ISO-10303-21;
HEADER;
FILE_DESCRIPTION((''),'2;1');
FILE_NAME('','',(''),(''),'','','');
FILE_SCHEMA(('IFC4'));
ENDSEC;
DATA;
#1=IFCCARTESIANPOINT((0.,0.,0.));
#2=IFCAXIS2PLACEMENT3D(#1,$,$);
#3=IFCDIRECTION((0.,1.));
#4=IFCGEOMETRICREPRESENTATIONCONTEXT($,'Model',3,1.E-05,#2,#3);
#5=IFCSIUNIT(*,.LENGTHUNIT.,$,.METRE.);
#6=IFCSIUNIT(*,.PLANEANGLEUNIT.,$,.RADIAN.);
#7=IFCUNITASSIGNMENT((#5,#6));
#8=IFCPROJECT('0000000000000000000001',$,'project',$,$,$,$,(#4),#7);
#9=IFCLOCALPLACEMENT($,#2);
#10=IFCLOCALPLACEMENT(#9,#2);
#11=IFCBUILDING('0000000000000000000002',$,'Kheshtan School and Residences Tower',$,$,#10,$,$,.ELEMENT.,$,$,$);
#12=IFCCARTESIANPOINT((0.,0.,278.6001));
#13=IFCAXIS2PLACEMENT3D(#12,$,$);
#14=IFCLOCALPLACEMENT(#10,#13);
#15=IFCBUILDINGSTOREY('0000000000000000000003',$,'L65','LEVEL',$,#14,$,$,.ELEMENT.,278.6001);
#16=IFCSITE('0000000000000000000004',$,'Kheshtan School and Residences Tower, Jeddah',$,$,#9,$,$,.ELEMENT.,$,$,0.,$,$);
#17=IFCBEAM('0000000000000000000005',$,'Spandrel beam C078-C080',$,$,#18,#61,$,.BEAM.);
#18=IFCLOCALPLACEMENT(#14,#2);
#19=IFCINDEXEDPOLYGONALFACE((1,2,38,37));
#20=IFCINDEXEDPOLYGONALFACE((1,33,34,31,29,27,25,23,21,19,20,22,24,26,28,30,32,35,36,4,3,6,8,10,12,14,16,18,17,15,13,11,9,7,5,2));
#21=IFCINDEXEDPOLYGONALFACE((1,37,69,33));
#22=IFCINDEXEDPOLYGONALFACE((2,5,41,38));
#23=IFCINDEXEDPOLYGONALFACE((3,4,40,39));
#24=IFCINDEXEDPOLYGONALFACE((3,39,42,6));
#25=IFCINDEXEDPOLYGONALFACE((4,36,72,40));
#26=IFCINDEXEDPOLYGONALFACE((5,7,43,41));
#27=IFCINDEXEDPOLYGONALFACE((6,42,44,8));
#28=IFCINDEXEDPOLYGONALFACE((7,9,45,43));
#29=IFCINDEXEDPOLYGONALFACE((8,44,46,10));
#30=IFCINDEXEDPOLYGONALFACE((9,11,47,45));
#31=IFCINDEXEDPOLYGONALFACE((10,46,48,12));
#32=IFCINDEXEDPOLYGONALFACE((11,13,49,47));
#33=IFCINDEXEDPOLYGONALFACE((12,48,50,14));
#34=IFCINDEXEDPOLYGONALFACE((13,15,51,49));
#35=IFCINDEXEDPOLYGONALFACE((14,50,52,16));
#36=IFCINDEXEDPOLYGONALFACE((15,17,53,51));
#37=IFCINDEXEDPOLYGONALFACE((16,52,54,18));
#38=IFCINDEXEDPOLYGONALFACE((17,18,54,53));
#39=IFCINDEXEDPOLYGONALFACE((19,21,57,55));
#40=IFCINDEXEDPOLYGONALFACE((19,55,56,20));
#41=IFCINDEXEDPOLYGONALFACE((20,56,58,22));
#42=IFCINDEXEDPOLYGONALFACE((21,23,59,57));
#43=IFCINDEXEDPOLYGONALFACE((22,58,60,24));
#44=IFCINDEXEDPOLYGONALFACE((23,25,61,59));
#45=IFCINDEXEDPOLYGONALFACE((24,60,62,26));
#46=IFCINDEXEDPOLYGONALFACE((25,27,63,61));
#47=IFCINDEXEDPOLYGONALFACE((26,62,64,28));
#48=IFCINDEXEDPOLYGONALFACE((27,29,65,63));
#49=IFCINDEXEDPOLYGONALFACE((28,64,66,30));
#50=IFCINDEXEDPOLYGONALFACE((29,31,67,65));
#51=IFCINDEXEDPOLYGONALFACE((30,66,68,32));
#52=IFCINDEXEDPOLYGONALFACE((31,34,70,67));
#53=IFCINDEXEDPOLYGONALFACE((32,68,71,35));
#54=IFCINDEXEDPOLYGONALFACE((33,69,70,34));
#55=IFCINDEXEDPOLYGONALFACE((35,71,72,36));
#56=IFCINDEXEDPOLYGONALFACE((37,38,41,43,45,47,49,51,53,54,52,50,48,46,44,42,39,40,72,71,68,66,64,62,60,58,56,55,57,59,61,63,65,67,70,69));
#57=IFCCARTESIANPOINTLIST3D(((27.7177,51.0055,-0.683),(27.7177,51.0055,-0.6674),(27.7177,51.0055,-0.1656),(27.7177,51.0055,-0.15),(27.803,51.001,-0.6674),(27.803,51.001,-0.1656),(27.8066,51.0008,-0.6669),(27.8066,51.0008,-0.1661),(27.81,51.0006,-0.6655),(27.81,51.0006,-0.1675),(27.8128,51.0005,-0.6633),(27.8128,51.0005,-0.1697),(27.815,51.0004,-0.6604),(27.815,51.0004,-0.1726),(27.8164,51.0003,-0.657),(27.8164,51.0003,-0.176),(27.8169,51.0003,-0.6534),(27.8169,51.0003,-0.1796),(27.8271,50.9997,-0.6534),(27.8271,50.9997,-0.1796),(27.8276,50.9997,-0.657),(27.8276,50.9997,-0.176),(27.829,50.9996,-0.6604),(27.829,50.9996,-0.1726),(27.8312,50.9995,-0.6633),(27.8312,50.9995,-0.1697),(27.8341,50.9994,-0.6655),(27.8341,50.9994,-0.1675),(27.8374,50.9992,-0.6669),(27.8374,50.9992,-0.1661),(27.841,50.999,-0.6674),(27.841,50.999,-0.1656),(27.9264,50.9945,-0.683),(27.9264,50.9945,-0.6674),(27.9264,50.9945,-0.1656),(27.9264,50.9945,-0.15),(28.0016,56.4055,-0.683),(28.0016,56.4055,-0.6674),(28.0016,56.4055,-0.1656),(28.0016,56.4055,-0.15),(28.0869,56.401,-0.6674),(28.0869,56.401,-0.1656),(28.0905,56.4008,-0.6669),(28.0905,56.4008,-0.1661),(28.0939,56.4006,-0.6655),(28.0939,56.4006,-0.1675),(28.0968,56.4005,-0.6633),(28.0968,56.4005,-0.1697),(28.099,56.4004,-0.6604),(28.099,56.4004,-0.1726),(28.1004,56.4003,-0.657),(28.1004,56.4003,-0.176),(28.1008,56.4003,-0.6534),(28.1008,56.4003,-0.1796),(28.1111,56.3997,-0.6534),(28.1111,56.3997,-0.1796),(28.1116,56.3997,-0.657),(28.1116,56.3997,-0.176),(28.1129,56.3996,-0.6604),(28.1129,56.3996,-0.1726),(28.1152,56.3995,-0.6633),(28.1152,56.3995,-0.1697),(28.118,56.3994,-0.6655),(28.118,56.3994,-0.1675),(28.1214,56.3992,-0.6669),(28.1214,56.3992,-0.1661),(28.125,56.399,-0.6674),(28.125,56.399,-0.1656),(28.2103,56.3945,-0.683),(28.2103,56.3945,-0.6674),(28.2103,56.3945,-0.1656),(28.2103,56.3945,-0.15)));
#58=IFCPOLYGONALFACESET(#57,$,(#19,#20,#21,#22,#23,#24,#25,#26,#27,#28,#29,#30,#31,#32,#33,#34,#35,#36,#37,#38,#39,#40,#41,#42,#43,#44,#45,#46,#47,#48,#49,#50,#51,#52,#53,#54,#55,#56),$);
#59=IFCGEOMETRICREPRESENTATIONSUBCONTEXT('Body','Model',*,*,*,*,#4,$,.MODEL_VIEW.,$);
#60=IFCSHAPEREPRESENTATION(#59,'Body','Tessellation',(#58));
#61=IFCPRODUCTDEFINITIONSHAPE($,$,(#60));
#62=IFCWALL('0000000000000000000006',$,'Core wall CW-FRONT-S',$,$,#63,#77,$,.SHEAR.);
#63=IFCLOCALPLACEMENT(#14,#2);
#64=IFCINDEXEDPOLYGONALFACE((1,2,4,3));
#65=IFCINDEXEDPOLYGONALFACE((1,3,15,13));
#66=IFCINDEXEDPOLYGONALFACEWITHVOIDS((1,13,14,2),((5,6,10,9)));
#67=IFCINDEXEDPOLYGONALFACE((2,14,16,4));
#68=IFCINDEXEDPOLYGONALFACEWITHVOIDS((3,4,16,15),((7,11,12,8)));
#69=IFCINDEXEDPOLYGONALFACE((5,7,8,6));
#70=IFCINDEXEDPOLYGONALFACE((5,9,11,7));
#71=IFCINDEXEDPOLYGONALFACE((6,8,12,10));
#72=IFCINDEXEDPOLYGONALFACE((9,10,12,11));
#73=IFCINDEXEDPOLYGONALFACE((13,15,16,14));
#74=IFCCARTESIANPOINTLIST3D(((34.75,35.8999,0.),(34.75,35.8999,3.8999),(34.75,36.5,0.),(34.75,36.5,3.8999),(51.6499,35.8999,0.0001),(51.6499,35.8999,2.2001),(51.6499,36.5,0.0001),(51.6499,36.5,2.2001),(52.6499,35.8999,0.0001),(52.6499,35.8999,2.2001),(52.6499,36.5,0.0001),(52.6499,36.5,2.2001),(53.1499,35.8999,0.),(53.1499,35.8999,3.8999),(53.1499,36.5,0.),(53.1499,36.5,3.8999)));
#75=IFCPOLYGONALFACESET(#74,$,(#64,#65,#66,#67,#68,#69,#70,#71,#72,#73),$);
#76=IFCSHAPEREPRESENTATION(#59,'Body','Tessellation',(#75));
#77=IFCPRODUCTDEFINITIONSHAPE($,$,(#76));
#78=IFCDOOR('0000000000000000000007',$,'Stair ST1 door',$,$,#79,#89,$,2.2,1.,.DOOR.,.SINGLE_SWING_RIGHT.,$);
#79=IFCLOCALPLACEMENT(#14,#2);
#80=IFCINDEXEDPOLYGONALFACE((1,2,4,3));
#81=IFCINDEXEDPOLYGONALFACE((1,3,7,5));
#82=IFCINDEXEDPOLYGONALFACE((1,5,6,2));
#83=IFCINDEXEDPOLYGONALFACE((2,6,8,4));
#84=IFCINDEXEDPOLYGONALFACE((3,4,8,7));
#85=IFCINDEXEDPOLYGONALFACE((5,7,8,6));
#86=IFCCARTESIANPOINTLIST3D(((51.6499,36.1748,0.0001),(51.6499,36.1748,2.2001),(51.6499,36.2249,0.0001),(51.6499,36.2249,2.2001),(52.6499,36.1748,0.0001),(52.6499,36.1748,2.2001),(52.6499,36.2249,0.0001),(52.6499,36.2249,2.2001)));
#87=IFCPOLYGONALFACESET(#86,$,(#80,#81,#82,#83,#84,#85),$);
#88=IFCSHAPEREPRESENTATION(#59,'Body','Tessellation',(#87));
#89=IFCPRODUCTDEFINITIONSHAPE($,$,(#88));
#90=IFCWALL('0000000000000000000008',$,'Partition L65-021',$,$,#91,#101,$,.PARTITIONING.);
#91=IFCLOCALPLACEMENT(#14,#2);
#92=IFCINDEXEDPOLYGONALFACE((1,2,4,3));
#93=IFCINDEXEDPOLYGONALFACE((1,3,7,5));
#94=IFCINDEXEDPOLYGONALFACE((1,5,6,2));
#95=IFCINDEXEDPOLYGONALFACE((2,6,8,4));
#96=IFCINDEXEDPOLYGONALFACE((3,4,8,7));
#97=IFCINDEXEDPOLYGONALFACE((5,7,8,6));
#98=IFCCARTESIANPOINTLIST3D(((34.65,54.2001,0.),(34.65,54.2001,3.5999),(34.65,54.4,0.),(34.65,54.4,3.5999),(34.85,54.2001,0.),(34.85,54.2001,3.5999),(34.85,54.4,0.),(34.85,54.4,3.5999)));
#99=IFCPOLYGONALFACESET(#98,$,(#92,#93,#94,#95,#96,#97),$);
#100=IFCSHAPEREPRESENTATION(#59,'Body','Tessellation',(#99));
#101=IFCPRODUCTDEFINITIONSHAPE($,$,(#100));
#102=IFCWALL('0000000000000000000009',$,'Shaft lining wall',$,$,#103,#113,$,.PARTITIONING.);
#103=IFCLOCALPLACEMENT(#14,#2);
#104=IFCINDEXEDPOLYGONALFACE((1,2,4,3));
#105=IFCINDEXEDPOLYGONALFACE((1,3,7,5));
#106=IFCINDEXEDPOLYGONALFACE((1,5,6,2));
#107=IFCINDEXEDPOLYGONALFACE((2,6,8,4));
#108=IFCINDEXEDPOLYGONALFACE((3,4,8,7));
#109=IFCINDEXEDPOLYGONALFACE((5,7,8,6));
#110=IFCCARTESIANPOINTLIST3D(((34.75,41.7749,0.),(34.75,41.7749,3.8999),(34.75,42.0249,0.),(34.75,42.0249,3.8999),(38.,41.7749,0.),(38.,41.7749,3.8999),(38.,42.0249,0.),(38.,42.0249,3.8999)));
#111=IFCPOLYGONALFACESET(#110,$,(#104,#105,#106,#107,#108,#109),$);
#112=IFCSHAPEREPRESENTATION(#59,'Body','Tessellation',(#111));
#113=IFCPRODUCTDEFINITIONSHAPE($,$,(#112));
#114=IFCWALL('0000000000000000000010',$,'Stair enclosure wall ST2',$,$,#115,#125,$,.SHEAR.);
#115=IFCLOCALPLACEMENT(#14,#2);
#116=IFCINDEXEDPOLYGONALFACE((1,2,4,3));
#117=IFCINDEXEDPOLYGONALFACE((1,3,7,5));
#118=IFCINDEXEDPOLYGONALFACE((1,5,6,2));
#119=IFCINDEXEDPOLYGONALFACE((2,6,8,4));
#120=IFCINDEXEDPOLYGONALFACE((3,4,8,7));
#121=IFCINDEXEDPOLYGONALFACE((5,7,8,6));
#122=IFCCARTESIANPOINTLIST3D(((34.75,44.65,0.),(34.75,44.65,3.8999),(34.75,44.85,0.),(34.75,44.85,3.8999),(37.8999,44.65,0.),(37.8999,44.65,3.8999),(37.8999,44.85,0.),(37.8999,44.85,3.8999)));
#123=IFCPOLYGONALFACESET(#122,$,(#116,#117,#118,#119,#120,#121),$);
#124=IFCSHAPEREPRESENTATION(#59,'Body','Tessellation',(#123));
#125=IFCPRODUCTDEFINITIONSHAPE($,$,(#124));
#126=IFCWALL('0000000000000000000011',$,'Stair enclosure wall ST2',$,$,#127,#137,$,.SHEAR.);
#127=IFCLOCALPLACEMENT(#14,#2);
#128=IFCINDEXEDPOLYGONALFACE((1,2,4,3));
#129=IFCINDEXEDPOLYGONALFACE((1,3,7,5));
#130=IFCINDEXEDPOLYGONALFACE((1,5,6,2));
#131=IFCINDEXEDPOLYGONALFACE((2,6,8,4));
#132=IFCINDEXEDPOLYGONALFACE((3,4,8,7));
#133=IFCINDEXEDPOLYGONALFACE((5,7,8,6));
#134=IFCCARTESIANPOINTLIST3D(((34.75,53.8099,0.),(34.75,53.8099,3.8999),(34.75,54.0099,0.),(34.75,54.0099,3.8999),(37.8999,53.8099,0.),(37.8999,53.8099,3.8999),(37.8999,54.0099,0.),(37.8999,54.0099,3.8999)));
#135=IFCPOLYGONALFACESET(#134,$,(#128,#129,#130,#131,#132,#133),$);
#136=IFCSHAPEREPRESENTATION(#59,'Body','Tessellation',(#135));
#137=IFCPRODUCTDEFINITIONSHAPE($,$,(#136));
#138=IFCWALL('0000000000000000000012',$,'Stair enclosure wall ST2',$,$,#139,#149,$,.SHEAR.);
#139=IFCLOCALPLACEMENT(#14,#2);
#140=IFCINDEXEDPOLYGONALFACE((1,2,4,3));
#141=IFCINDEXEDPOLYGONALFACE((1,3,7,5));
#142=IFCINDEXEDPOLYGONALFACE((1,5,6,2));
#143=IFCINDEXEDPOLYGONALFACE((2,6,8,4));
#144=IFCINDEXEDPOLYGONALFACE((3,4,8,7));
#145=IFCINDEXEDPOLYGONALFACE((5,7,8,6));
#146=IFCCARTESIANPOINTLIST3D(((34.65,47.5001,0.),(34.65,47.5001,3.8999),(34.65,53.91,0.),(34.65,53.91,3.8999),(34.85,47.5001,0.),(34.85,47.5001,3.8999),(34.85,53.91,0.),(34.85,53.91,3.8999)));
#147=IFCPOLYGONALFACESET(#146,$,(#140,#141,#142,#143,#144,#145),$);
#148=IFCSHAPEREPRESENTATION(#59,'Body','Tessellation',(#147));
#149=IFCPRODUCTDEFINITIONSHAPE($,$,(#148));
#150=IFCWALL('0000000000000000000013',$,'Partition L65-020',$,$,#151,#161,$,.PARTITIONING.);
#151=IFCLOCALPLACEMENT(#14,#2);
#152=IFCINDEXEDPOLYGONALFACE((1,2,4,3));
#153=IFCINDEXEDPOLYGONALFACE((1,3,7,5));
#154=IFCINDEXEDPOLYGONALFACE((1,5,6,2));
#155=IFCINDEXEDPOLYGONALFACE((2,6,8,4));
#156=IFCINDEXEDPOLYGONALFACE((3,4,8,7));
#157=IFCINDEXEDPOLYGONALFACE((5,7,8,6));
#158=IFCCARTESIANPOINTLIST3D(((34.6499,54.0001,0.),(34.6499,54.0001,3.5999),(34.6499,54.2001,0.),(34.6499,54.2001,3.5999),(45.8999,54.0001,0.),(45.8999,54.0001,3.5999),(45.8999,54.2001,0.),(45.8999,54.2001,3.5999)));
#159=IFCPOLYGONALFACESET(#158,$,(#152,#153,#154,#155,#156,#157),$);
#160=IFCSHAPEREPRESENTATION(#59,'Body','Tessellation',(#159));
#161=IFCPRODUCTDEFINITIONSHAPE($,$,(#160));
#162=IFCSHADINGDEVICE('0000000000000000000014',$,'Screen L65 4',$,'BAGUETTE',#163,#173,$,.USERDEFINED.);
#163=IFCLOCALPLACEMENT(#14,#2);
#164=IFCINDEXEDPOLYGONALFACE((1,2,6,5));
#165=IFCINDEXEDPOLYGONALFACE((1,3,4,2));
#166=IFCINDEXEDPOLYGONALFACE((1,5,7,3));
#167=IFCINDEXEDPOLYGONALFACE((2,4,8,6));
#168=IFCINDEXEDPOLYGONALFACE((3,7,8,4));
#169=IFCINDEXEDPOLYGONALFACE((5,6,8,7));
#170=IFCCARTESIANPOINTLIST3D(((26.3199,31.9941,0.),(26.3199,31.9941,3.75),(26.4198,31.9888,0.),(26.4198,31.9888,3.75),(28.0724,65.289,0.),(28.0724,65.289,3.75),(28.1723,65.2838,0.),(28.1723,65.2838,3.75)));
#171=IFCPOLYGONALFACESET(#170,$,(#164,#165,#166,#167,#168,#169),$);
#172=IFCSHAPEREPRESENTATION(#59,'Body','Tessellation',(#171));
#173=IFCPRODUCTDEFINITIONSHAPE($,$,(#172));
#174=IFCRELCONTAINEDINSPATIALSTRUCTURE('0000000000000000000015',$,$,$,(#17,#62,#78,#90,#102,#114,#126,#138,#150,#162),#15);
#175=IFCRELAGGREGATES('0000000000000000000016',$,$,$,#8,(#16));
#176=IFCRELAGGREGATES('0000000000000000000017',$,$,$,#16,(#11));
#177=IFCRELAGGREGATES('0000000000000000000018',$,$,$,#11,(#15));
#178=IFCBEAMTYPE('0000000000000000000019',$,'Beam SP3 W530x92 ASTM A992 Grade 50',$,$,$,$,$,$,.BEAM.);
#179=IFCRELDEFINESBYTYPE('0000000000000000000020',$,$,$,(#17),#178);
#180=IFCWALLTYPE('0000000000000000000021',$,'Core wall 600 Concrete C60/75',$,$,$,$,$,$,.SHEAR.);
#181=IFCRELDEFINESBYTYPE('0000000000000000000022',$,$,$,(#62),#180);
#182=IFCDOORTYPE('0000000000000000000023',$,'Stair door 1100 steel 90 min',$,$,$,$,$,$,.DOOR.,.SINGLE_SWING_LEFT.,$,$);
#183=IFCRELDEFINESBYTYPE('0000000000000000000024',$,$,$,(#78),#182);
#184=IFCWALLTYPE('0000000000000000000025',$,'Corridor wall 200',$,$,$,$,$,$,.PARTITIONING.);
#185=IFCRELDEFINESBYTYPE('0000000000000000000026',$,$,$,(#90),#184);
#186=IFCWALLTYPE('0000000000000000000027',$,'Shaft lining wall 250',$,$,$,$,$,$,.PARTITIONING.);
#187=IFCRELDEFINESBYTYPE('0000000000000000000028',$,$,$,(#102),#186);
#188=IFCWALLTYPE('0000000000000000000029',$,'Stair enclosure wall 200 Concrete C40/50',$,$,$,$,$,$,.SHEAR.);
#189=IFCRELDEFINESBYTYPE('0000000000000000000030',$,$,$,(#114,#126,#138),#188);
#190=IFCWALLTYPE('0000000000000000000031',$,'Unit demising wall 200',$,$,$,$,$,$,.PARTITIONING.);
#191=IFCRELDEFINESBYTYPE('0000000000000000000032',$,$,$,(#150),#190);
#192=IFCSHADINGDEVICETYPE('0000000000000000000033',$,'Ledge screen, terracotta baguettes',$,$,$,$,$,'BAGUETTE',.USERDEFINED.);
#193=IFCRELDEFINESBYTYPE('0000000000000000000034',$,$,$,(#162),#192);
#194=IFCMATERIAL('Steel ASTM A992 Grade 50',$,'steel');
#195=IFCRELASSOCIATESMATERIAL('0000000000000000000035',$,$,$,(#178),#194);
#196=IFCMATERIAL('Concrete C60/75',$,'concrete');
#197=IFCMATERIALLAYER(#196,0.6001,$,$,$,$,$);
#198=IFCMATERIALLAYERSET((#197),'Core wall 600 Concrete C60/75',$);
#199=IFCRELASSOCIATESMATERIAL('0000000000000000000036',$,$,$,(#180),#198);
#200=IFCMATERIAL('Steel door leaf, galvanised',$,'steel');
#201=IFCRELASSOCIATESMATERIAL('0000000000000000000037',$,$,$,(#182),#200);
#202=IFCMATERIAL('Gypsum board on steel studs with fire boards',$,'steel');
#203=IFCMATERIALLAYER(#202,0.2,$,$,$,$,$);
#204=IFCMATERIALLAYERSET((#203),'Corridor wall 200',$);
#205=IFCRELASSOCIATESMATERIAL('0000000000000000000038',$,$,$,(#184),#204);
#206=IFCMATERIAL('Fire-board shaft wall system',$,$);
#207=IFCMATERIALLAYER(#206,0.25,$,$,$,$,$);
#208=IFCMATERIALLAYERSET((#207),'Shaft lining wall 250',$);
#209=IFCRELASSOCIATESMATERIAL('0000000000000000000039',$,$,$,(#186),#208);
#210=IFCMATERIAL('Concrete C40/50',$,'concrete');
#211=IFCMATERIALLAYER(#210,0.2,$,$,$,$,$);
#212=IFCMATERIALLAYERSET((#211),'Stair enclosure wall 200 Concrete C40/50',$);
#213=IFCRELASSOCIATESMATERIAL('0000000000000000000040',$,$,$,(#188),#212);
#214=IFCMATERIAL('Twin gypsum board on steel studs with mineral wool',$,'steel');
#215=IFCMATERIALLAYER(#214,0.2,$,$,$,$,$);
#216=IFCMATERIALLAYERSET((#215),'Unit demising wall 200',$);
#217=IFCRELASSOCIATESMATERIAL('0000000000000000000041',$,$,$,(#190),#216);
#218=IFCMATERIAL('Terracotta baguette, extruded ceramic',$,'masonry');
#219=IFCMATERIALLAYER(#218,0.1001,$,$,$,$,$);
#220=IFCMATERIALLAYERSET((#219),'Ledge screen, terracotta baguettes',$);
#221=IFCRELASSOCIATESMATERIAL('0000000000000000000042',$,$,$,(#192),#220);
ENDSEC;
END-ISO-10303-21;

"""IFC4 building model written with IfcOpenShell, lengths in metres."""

from ifc_helpers import new_model, si_unit, direction, frame, frame_2d, origin, origin_2d, place, context, subcontext, project, spatial, rectangle, i_section, extrude, source, transform, mapped, material, layer, layer_set, material_profile, profile_set, type_object, element, fill, save


model = new_model("IFC4")

# Units and contexts
model_context = context("Model", 3, precision=1e-05, world=origin(), true_north=direction((0.0, 1.0)))
body_context = subcontext(model_context, "Body", "Model", "MODEL_VIEW")
ifc_project = project(units=[si_unit("LENGTHUNIT", "METRE"), si_unit("PLANEANGLEUNIT", "RADIAN")], contexts=[model_context])

# Site, building, storey
site_placement = place(None, origin())
site = spatial("IfcSite", under=ifc_project, at=site_placement, Name="Kheshtan School and Residences Tower, Jeddah", CompositionType="ELEMENT", RefElevation=0.0)
building_placement = place(site_placement, origin())
building = spatial("IfcBuilding", under=site, at=building_placement, Name="Kheshtan School and Residences Tower", CompositionType="ELEMENT")
storey_placement = place(building_placement, frame((0.0, 0.0, 278.6001)))
storey = spatial("IfcBuildingStorey", under=building, at=storey_placement, Name="L65", Description="LEVEL", CompositionType="ELEMENT", Elevation=278.6001)

# Shared definitions
ifc_material_1 = material(Name="Steel ASTM A992 Grade 50", Category="steel")

# Beam
ifc_material_profile_1 = material_profile(ifc_material_1, i_section(OverallWidth=0.209, OverallDepth=0.533, WebThickness=0.0103, FlangeThickness=0.0156, FilletRadius=0.0139, at=origin_2d()), Name="W530x92")
ifc_profile_set_1 = profile_set([ifc_material_profile_1], Name="Steel ASTM A992 Grade 50")
beam_type_1 = type_object("IfcBeamType", Name="Beam SP3 W530x92 ASTM A992 Grade 50", PredefinedType="BEAM", material=ifc_profile_set_1)
for number, where, z_axis, x_axis, name in (
    (1, (27.822, 51.0, -0.4165), (0.052509, 0.99862, 0.0), (-0.99862, 0.052509, 0.0), "Spandrel beam C078-C080"),
):
    element("IfcBeam", number, at=place(storey_placement, frame(where, z_axis=z_axis, x_axis=x_axis)), inside=storey, type_object=beam_type_1, Name=name, PredefinedType="BEAM", context=body_context, shape_type="SweptSolid", body=[
        extrude(i_section(OverallWidth=0.209, OverallDepth=0.533, WebThickness=0.0103, FlangeThickness=0.0156, FilletRadius=0.0139, at=origin_2d()), origin(), (0.0, 0.0, 1.0), 5.4075),
    ])

# Wall, opening, door
ifc_material_2 = material(Name="Concrete C60/75", Category="concrete")
ifc_layer_1 = layer(ifc_material_2, 0.6001)
ifc_layer_set_1 = layer_set([ifc_layer_1], Name="Core wall 600 Concrete C60/75")
wall_type_1 = type_object("IfcWallType", Name="Core wall 600 Concrete C60/75", PredefinedType="SHEAR", material=ifc_layer_set_1)
wall_1_placement = place(storey_placement, frame((34.75, 36.2, 0.0), z_axis=(0.0, 0.0, 1.0), x_axis=(1.0, 0.0, 0.0)))
wall_1 = element("IfcWall", 2, at=wall_1_placement, inside=storey, type_object=wall_type_1, Name="Core wall CW-FRONT-S", PredefinedType="SHEAR", context=body_context, shape_type="SweptSolid", body=[
    extrude(rectangle(XDim=18.3999, YDim=0.6001, at=frame_2d((9.2, 0.0))), origin(), (0.0, 0.0, 1.0), 3.8999),
])
opening_placement = place(wall_1_placement, frame((16.8999, 0.0, 0.0)))
opening = element("IfcOpeningElement", 3, at=opening_placement, cuts=wall_1, PredefinedType="OPENING", context=body_context, shape_type="SweptSolid", body=[
    extrude(rectangle(XDim=1.0, YDim=2.2, at=frame_2d((0.5, 1.1001))), frame((0.0, 0.3101, 0.0), z_axis=(0.0, -1.0, 0.0), x_axis=(1.0, 0.0, 0.0)), (0.0, 0.0, 1.0), 0.6201),
])
ifc_material_3 = material(Name="Steel door leaf, galvanised", Category="steel")
door_type = type_object("IfcDoorType", Name="Stair door 1100 steel 90 min", OperationType="SINGLE_SWING_LEFT", PredefinedType="DOOR", material=ifc_material_3)
shared_shape = source(origin(), body_context, "Body", "SweptSolid", [
    extrude(rectangle(XDim=1.0, YDim=2.2, at=frame_2d((0.5, 1.1001))), frame((0.0, 0.0249, 0.0), z_axis=(0.0, -1.0, 0.0), x_axis=(1.0, 0.0, 0.0)), (0.0, 0.0, 1.0), 0.05),
])
door_placement = place(opening_placement, origin())
door = element("IfcDoor", 4, at=door_placement, inside=storey, type_object=door_type, Name="Stair ST1 door", OperationType="SINGLE_SWING_RIGHT", OverallHeight=2.2, OverallWidth=1.0, PredefinedType="DOOR", context=body_context, shape_type="MappedRepresentation", body=[
    mapped(shared_shape, transform((0.0, 0.0, 0.0), x_axis=(1.0, 0.0, 0.0), y_axis=(0.0, 1.0, 0.0), z_axis=(0.0, 0.0, 1.0), scale=1.0)),
])
fill(opening, door)

# Walls
ifc_material_4 = material(Name="Gypsum board on steel studs with fire boards", Category="steel")
ifc_layer_2 = layer(ifc_material_4, 0.2)
ifc_layer_set_2 = layer_set([ifc_layer_2], Name="Corridor wall 200")
wall_type_2 = type_object("IfcWallType", Name="Corridor wall 200", PredefinedType="PARTITIONING", material=ifc_layer_set_2)
wall_2_placement = place(storey_placement, frame((34.75, 54.2, 0.0), z_axis=(0.0, 0.0, 1.0), x_axis=(0.0, 1.0, 0.0)))
element("IfcWall", 5, at=wall_2_placement, inside=storey, type_object=wall_type_2, Name="Partition L65-021", PredefinedType="PARTITIONING", context=body_context, shape_type="SweptSolid", body=[
    extrude(rectangle(XDim=0.2, YDim=0.2, at=frame_2d((0.1001, 0.0))), origin(), (0.0, 0.0, 1.0), 3.5999),
])
ifc_material_5 = material(Name="Fire-board shaft wall system")
ifc_layer_3 = layer(ifc_material_5, 0.25)
ifc_layer_set_3 = layer_set([ifc_layer_3], Name="Shaft lining wall 250")
wall_type_3 = type_object("IfcWallType", Name="Shaft lining wall 250", PredefinedType="PARTITIONING", material=ifc_layer_set_3)
wall_3_placement = place(storey_placement, frame((34.75, 41.8999, 0.0), z_axis=(0.0, 0.0, 1.0), x_axis=(1.0, 0.0, 0.0)))
element("IfcWall", 6, at=wall_3_placement, inside=storey, type_object=wall_type_3, Name="Shaft lining wall", PredefinedType="PARTITIONING", context=body_context, shape_type="SweptSolid", body=[
    extrude(rectangle(XDim=3.25, YDim=0.25, at=frame_2d((1.625, 0.0))), origin(), (0.0, 0.0, 1.0), 3.8999),
])
ifc_material_6 = material(Name="Concrete C40/50", Category="concrete")
ifc_layer_4 = layer(ifc_material_6, 0.2)
ifc_layer_set_4 = layer_set([ifc_layer_4], Name="Stair enclosure wall 200 Concrete C40/50")
wall_type_4 = type_object("IfcWallType", Name="Stair enclosure wall 200 Concrete C40/50", PredefinedType="SHEAR", material=ifc_layer_set_4)
for number, where, z_axis, x_axis, name in (
    (7, (34.75, 44.75, 0.0), (0.0, 0.0, 1.0), (1.0, 0.0, 0.0), "Stair enclosure wall ST2"),
    (8, (34.75, 53.9099, 0.0), (0.0, 0.0, 1.0), (1.0, 0.0, 0.0), "Stair enclosure wall ST2"),
):
    element("IfcWall", number, at=place(storey_placement, frame(where, z_axis=z_axis, x_axis=x_axis)), inside=storey, type_object=wall_type_4, Name=name, PredefinedType="SHEAR", context=body_context, shape_type="SweptSolid", body=[
        extrude(rectangle(XDim=3.1499, YDim=0.2, at=frame_2d((1.575, 0.0))), origin(), (0.0, 0.0, 1.0), 3.8999),
    ])
wall_4_placement = place(storey_placement, frame((34.75, 47.5, 0.0), z_axis=(0.0, 0.0, 1.0), x_axis=(0.0, 1.0, 0.0)))
element("IfcWall", 9, at=wall_4_placement, inside=storey, type_object=wall_type_4, Name="Stair enclosure wall ST2", PredefinedType="SHEAR", context=body_context, shape_type="SweptSolid", body=[
    extrude(rectangle(XDim=6.4099, YDim=0.2, at=frame_2d((3.2051, 0.0))), origin(), (0.0, 0.0, 1.0), 3.8999),
])
ifc_material_7 = material(Name="Twin gypsum board on steel studs with mineral wool", Category="steel")
ifc_layer_5 = layer(ifc_material_7, 0.2)
ifc_layer_set_5 = layer_set([ifc_layer_5], Name="Unit demising wall 200")
wall_type_5 = type_object("IfcWallType", Name="Unit demising wall 200", PredefinedType="PARTITIONING", material=ifc_layer_set_5)
wall_5_placement = place(storey_placement, frame((34.6499, 54.1001, 0.0), z_axis=(0.0, 0.0, 1.0), x_axis=(1.0, 0.0, 0.0)))
element("IfcWall", 10, at=wall_5_placement, inside=storey, type_object=wall_type_5, Name="Partition L65-020", PredefinedType="PARTITIONING", context=body_context, shape_type="SweptSolid", body=[
    extrude(rectangle(XDim=11.25, YDim=0.2, at=frame_2d((5.625, 0.0))), origin(), (0.0, 0.0, 1.0), 3.5999),
])

# Shading device
ifc_material_8 = material(Name="Terracotta baguette, extruded ceramic", Category="masonry")
ifc_layer_6 = layer(ifc_material_8, 0.1001)
ifc_layer_set_6 = layer_set([ifc_layer_6], Name="Ledge screen, terracotta baguettes")
shading_device_type = type_object("IfcShadingDeviceType", Name="Ledge screen, terracotta baguettes", ElementType="BAGUETTE", PredefinedType="USERDEFINED", material=ifc_layer_set_6)
shading_device_placement = place(storey_placement, frame((27.2461, 48.6389, 0.0), z_axis=(0.0, 0.0, 1.0), x_axis=(0.052563, 0.998618, 0.0)))
element("IfcShadingDevice", 11, at=shading_device_placement, inside=storey, type_object=shading_device_type, Name="Screen L65 4", ObjectType="BAGUETTE", PredefinedType="USERDEFINED", context=body_context, shape_type="SweptSolid", body=[
    extrude(rectangle(XDim=33.3411, YDim=0.1001, at=origin_2d()), origin(), (0.0, 0.0, 1.0), 3.75),
])

save(model, "model.ifc")
